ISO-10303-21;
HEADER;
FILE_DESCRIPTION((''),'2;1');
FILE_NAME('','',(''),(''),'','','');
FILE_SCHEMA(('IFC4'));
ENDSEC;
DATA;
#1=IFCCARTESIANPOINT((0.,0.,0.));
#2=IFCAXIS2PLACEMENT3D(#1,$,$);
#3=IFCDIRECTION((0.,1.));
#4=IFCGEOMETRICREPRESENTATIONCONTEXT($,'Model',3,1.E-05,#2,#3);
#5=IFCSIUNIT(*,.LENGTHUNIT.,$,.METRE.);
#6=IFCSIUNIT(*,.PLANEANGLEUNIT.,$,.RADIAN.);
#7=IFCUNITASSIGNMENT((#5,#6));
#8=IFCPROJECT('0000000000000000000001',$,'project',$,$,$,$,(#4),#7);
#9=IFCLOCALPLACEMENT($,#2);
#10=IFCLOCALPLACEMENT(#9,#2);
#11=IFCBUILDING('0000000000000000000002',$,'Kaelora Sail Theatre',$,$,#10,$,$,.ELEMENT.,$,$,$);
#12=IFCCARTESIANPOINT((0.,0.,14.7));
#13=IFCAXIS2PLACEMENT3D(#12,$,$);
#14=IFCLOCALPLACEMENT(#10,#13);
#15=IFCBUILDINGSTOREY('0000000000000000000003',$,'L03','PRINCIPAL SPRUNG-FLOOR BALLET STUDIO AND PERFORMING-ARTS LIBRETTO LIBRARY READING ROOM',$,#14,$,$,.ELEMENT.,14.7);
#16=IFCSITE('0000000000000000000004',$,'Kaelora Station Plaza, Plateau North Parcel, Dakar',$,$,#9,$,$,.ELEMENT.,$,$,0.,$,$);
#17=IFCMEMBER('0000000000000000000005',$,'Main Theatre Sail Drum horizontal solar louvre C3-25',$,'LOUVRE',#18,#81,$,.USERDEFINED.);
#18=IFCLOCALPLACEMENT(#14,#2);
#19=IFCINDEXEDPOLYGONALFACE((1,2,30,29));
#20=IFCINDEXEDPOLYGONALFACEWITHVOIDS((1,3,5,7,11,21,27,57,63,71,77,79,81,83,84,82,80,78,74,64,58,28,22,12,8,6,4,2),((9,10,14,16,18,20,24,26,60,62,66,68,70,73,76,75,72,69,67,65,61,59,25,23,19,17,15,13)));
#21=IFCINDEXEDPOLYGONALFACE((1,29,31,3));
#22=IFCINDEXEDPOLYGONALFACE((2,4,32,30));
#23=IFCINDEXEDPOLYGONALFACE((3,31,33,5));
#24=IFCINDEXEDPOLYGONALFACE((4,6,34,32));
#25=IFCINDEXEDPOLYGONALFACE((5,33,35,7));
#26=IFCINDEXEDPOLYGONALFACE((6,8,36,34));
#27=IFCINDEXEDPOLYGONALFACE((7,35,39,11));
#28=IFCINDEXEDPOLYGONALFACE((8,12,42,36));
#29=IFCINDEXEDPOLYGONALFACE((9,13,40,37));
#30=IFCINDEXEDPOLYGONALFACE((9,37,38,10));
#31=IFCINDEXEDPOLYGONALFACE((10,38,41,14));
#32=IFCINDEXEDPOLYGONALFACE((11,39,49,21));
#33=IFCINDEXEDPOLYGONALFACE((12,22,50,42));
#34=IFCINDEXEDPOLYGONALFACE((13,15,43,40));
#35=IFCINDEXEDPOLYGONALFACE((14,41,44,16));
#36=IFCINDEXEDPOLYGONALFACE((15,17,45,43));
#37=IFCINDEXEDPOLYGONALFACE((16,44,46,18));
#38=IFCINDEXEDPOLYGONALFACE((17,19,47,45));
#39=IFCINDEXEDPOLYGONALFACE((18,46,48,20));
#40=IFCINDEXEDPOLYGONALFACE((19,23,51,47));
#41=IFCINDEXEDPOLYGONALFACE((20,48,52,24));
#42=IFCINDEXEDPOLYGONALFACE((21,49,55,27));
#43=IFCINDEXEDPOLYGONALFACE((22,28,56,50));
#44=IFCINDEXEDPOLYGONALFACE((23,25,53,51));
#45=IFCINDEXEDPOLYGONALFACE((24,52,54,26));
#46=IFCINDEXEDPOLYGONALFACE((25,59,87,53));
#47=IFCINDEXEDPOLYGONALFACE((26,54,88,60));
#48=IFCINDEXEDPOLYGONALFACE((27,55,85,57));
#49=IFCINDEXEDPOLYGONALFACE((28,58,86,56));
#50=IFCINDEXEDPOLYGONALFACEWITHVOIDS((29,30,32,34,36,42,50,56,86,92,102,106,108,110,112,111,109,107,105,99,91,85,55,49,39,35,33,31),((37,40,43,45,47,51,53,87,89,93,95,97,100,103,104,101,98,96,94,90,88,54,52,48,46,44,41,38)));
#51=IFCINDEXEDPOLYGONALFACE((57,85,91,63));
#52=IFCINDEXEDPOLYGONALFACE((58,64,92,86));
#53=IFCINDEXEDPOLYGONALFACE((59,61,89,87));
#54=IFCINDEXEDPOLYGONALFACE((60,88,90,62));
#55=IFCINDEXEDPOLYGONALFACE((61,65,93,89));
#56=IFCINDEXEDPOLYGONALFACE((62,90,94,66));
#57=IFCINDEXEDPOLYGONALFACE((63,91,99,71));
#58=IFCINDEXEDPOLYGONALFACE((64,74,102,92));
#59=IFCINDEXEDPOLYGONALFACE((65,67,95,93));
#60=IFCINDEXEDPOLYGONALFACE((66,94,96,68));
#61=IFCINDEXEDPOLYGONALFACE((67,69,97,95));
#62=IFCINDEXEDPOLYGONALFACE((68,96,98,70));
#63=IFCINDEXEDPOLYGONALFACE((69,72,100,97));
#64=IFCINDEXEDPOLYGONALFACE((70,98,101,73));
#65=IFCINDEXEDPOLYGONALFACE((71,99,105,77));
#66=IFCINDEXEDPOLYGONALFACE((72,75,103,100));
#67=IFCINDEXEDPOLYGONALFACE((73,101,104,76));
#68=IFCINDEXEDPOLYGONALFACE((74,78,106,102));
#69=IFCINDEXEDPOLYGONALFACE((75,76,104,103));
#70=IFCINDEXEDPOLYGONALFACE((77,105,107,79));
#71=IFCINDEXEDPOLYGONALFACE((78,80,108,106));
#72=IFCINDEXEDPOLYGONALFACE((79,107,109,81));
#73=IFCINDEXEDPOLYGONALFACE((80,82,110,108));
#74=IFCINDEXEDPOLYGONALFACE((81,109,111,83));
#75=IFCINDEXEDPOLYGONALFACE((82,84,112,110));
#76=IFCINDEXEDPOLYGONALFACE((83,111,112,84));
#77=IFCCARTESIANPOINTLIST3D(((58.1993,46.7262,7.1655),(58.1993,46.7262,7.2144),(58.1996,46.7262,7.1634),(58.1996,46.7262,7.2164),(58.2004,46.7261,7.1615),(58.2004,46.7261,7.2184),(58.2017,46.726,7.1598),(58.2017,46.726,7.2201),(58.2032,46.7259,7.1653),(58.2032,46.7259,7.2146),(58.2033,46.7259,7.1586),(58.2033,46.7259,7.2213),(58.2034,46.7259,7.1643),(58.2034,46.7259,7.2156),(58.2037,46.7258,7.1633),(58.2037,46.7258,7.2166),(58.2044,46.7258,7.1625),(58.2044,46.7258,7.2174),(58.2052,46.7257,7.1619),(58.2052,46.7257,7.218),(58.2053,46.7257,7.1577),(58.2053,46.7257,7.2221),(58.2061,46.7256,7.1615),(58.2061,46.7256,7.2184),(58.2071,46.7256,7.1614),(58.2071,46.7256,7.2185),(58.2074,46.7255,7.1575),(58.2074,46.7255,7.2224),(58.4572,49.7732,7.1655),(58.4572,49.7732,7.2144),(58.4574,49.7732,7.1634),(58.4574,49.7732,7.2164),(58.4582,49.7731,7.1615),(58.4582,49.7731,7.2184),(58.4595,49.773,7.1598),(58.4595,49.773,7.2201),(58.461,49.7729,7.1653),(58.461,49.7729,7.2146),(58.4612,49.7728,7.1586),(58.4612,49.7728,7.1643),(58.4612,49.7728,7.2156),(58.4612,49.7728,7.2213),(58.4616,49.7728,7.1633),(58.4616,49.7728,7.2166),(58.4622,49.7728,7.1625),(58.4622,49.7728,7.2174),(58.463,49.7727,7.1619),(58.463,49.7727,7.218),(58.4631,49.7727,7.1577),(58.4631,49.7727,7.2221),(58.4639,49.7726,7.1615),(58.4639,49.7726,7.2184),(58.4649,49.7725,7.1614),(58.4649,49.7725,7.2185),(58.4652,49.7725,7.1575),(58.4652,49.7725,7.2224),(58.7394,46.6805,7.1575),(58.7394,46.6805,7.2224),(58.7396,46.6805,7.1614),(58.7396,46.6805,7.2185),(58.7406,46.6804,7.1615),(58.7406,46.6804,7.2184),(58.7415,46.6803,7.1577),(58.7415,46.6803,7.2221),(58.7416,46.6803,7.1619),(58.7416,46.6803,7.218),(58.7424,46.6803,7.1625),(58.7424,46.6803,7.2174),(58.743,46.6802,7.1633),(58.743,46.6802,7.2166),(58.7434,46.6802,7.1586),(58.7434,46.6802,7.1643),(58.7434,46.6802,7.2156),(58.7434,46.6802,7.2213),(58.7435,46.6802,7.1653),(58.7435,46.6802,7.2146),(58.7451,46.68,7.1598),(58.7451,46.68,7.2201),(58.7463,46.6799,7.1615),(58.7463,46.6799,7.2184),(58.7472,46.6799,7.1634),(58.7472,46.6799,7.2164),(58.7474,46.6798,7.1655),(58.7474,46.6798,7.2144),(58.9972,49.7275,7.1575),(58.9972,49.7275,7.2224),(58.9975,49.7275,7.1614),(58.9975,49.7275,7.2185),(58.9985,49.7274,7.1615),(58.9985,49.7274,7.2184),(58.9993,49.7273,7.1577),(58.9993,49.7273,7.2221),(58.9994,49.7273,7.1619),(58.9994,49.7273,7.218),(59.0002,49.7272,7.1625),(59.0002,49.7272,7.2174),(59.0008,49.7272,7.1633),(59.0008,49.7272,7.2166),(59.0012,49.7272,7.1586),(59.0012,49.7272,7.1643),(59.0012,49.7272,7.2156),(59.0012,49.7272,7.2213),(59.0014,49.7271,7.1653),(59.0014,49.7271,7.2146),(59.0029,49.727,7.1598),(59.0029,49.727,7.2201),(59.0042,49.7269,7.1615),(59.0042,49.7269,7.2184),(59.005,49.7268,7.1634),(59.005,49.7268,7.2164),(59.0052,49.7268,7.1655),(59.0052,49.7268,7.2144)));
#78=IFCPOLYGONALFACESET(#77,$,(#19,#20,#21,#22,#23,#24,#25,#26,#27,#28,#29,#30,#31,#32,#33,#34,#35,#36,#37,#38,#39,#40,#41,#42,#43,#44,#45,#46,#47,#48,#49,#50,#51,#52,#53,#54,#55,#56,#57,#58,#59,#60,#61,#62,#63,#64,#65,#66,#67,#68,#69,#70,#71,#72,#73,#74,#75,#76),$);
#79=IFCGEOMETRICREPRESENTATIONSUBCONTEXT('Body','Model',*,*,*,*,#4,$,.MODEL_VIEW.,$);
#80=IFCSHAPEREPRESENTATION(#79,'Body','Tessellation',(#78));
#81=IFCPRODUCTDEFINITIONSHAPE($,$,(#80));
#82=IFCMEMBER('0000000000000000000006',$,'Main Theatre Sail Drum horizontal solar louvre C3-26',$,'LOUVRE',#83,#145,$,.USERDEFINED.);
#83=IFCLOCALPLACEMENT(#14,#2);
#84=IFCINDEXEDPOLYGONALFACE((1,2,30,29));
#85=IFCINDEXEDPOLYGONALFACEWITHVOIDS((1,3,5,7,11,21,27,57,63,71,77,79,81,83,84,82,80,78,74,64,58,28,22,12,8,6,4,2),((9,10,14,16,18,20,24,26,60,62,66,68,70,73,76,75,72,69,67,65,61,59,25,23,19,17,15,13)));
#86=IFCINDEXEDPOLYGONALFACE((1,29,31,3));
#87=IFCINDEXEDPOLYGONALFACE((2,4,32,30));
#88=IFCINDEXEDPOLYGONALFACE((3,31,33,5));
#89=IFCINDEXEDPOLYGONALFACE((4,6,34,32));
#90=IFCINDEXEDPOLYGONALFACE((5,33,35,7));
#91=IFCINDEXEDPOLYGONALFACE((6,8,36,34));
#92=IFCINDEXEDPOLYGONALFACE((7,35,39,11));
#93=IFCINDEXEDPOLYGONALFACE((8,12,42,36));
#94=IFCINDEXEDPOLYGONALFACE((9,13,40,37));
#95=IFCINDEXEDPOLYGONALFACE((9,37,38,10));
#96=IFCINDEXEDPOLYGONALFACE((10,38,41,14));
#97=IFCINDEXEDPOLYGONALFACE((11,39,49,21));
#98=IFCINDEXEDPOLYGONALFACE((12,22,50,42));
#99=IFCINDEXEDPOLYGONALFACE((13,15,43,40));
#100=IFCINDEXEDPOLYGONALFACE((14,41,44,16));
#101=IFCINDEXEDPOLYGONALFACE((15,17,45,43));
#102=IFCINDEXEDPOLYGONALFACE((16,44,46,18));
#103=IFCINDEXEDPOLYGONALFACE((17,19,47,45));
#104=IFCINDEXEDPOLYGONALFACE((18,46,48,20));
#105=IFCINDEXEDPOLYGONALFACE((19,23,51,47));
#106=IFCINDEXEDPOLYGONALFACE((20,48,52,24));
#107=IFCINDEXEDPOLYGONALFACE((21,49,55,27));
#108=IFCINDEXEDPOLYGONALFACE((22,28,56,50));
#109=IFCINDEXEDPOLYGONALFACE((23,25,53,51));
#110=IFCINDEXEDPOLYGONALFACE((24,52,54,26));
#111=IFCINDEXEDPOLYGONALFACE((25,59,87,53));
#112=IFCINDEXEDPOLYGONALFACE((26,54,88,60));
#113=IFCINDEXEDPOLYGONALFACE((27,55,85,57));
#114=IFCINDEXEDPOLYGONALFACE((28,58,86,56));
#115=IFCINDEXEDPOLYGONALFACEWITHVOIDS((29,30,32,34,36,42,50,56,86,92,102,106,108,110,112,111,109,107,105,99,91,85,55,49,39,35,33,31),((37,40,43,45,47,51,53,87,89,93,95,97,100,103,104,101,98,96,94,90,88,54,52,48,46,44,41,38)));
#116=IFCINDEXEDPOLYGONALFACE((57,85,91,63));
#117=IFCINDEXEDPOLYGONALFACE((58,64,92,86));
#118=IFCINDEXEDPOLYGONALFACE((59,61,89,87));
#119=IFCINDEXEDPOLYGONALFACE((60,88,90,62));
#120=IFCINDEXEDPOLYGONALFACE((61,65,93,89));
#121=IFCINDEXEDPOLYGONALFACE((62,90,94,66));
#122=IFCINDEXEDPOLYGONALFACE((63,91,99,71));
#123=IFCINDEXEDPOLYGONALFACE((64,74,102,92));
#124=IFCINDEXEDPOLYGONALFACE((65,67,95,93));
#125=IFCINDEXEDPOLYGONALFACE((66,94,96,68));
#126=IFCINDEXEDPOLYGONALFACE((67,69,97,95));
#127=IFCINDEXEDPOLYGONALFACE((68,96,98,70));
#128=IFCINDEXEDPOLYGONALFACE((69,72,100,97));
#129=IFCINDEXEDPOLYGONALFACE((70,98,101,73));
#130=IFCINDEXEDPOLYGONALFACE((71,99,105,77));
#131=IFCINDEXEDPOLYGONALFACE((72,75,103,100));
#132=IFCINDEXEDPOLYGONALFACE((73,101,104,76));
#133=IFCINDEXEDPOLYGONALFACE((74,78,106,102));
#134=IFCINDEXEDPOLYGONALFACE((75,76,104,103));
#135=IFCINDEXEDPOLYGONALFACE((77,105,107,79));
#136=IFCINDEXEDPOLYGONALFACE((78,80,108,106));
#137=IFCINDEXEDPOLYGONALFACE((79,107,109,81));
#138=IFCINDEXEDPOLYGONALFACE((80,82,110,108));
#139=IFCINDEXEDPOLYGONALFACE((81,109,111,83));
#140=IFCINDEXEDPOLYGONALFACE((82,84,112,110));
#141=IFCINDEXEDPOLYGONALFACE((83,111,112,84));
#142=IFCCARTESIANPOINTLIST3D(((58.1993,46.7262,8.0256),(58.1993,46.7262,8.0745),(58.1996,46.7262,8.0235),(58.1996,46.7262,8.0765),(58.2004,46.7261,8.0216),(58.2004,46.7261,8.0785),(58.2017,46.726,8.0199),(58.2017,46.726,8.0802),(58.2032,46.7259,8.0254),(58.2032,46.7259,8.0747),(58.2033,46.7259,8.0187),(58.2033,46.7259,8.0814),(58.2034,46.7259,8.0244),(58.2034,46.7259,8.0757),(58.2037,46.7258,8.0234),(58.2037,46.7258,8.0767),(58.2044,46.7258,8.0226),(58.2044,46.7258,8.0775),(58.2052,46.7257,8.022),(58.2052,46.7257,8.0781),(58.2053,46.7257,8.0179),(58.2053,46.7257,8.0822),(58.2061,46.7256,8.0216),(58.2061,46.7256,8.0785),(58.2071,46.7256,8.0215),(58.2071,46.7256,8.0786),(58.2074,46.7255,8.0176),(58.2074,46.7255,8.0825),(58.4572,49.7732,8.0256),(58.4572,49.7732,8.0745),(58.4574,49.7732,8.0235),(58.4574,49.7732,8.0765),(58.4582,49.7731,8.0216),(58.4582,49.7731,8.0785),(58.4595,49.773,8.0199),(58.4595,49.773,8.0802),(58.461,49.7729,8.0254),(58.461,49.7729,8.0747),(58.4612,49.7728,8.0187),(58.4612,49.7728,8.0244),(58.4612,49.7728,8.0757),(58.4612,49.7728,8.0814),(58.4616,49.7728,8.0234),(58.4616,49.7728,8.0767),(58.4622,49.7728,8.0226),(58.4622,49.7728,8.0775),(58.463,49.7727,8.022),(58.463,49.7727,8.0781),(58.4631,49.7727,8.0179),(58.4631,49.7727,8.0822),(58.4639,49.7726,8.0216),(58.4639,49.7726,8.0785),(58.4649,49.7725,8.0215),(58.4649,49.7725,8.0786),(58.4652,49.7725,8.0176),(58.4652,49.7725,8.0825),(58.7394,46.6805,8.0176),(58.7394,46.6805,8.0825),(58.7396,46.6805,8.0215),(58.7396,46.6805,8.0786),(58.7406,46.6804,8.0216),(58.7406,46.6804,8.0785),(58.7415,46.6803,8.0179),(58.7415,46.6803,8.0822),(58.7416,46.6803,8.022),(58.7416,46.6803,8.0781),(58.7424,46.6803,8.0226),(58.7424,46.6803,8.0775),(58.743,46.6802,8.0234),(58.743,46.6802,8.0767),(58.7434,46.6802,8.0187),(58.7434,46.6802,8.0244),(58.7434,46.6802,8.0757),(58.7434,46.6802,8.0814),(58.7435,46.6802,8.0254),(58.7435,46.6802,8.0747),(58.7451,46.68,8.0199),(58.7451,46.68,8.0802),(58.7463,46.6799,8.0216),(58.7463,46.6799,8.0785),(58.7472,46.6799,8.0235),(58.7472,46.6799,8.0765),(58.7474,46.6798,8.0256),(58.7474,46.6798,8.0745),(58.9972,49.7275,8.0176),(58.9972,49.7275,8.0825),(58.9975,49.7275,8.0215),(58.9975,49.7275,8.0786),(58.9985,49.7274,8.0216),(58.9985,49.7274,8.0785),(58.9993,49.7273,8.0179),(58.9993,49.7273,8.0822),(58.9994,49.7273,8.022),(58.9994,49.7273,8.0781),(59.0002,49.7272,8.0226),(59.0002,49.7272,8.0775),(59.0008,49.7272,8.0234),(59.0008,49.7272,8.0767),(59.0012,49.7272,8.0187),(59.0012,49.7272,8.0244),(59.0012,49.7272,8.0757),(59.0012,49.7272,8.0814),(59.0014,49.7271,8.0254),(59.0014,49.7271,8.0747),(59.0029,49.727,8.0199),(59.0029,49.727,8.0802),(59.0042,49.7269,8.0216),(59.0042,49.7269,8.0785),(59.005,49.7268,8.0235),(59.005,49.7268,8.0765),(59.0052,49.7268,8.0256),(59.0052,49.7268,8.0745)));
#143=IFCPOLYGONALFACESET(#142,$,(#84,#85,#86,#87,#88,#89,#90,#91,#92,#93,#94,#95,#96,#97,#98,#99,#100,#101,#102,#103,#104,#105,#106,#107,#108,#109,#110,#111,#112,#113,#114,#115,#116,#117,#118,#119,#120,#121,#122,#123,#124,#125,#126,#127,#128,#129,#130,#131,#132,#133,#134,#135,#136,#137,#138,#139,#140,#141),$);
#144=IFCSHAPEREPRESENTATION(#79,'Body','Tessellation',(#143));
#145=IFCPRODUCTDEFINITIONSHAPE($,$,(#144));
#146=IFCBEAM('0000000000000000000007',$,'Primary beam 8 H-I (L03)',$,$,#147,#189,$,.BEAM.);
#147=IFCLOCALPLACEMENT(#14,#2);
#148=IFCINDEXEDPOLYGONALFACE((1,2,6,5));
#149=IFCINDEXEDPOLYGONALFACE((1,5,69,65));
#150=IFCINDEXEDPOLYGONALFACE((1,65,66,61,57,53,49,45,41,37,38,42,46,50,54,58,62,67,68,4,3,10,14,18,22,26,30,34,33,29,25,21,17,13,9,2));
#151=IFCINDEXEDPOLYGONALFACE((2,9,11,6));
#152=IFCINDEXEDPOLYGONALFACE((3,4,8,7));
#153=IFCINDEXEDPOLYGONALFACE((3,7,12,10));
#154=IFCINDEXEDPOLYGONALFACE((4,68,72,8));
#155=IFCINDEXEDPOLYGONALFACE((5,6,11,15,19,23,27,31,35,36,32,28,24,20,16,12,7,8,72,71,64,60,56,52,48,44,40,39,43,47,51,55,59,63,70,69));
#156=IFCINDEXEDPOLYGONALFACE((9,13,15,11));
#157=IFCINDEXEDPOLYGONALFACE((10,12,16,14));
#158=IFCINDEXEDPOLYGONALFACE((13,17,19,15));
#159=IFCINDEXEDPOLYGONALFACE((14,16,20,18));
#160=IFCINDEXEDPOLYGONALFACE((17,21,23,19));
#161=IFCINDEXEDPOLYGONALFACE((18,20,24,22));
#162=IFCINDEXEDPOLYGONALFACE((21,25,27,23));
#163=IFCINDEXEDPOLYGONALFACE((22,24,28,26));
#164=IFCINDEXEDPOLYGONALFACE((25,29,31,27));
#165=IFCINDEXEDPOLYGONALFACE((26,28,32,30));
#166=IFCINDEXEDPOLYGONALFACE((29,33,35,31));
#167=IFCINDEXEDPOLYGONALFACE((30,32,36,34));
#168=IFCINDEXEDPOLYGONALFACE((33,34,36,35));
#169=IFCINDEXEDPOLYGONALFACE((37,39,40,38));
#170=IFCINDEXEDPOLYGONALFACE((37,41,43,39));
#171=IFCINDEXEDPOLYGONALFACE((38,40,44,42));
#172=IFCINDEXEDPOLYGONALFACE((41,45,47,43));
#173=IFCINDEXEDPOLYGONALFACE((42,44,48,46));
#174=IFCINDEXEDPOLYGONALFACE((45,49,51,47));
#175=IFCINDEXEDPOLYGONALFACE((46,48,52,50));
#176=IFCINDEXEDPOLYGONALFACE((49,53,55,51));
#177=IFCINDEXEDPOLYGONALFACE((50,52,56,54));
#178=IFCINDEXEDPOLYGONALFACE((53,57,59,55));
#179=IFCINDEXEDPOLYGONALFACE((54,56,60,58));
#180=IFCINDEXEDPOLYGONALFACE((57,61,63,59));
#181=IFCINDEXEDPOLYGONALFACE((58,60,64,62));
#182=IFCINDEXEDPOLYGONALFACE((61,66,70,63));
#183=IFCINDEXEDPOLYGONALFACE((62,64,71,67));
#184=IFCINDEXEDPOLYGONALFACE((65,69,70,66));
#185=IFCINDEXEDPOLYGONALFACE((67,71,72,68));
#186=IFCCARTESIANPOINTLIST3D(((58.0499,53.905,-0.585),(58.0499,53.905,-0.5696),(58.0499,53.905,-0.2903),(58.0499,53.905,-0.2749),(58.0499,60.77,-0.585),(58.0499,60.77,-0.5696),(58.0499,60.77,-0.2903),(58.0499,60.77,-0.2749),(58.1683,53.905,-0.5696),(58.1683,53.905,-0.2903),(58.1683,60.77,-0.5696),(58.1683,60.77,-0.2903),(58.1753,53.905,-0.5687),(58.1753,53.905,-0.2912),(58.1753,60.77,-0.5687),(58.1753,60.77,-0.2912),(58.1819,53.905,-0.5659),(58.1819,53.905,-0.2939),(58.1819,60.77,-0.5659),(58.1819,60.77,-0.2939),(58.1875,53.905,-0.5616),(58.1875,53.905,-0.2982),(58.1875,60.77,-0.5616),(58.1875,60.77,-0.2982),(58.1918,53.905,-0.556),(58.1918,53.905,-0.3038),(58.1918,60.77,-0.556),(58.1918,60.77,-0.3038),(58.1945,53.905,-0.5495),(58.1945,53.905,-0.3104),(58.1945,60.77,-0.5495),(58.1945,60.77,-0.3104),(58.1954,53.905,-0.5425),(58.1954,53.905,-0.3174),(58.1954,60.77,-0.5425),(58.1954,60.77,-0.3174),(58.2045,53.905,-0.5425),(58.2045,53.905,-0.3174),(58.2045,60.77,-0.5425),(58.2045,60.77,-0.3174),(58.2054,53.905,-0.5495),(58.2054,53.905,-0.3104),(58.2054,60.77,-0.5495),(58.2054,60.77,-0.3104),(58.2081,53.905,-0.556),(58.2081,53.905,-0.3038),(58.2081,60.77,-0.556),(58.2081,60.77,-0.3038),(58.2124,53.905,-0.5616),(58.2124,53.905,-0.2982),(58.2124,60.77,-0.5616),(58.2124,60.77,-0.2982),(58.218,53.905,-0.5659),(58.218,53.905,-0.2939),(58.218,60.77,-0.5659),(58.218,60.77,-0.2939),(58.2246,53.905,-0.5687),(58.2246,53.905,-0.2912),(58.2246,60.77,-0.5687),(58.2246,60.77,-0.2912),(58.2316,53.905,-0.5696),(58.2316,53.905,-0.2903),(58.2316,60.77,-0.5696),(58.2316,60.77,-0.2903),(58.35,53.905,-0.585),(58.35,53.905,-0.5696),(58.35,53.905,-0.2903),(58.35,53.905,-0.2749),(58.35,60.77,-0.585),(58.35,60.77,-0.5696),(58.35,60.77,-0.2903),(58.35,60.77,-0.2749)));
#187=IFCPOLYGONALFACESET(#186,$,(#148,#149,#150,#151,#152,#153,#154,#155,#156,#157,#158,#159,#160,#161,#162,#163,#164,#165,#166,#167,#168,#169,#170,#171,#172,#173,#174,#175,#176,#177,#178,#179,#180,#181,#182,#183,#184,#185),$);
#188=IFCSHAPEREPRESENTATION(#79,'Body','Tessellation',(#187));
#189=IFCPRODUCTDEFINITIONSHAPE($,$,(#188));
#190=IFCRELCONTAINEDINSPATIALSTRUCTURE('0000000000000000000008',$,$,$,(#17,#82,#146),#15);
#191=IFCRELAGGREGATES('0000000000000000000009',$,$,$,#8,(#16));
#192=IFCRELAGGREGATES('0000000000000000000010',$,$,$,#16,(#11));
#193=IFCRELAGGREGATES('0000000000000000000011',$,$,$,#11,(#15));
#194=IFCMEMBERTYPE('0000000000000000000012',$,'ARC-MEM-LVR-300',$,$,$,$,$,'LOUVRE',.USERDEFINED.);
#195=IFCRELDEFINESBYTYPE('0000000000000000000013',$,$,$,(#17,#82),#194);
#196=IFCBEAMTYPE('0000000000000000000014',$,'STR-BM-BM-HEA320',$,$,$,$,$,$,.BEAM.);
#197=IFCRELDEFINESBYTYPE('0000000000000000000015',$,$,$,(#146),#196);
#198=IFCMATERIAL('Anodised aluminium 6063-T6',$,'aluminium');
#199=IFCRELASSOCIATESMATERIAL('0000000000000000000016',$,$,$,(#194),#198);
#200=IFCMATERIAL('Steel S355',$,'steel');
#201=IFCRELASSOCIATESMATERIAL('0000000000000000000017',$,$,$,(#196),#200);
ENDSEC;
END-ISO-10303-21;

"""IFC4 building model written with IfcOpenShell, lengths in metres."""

from ifc_helpers import new_model, si_unit, direction, frame, origin, origin_2d, place, context, subcontext, project, spatial, hollow_rectangle, i_section, extrude, material, material_profile, profile_set, type_object, element, save


model = new_model("IFC4")

# Units and contexts
model_context = context("Model", 3, precision=1e-05, world=origin(), true_north=direction((0.0, 1.0)))
body_context = subcontext(model_context, "Body", "Model", "MODEL_VIEW")
ifc_project = project(units=[si_unit("LENGTHUNIT", "METRE"), si_unit("PLANEANGLEUNIT", "RADIAN")], contexts=[model_context])

# Site, building, storey
site_placement = place(None, origin())
site = spatial("IfcSite", under=ifc_project, at=site_placement, Name="Kaelora Station Plaza, Plateau North Parcel, Dakar", CompositionType="ELEMENT", RefElevation=0.0)
building_placement = place(site_placement, origin())
building = spatial("IfcBuilding", under=site, at=building_placement, Name="Kaelora Sail Theatre", CompositionType="ELEMENT")
storey_placement = place(building_placement, frame((0.0, 0.0, 14.7)))
storey = spatial("IfcBuildingStorey", under=building, at=storey_placement, Name="L03", Description="PRINCIPAL SPRUNG-FLOOR BALLET STUDIO AND PERFORMING-ARTS LIBRETTO LIBRARY READING ROOM", CompositionType="ELEMENT", Elevation=14.7)

# Members
ifc_material_1 = material(Name="Anodised aluminium 6063-T6", Category="aluminium")
ifc_material_profile_1 = material_profile(ifc_material_1, hollow_rectangle(XDim=0.55, YDim=0.0649, WallThickness=0.0039, InnerFilletRadius=0.0039, OuterFilletRadius=0.0081, at=origin_2d()), Name="LOUVRE 550x65x4")
ifc_profile_set_1 = profile_set([ifc_material_profile_1], Name="Anodised aluminium 6063-T6")
member_type = type_object("IfcMemberType", Name="ARC-MEM-LVR-300", ElementType="LOUVRE", PredefinedType="USERDEFINED", material=ifc_profile_set_1)
for number, where, z_axis, x_axis, name in (
    (1, (58.7312, 49.75, 7.1899), (-0.084314, -0.996439, 0.0), (0.996439, -0.084314, 0.0), "Main Theatre Sail Drum horizontal solar louvre C3-25"),
    (2, (58.7312, 49.75, 8.05), (-0.084314, -0.996439, 0.0), (0.996439, -0.084314, 0.0), "Main Theatre Sail Drum horizontal solar louvre C3-26"),
):
    element("IfcMember", number, at=place(storey_placement, frame(where, z_axis=z_axis, x_axis=x_axis)), inside=storey, type_object=member_type, Name=name, ObjectType="LOUVRE", PredefinedType="USERDEFINED", context=body_context, shape_type="SweptSolid", body=[
        extrude(hollow_rectangle(XDim=0.55, YDim=0.0649, WallThickness=0.0039, InnerFilletRadius=0.0039, OuterFilletRadius=0.0081, at=origin_2d()), origin(), (0.0, 0.0, 1.0), 3.0579),
    ])

# Beam
ifc_material_2 = material(Name="Steel S355", Category="steel")
ifc_material_profile_2 = material_profile(ifc_material_2, i_section(OverallWidth=0.3, OverallDepth=0.3101, WebThickness=0.009, FlangeThickness=0.0154, FilletRadius=0.0271, at=origin_2d()), Name="HEA 320")
ifc_profile_set_2 = profile_set([ifc_material_profile_2], Name="Steel S355")
beam_type_1 = type_object("IfcBeamType", Name="STR-BM-BM-HEA320", PredefinedType="BEAM", material=ifc_profile_set_2)
beam_1_placement = place(storey_placement, frame((58.2, 53.905, -0.4299), z_axis=(0.0, 1.0, 0.0), x_axis=(-1.0, 0.0, 0.0)))
element("IfcBeam", 3, at=beam_1_placement, inside=storey, type_object=beam_type_1, Name="Primary beam 8 H-I (L03)", PredefinedType="BEAM", context=body_context, shape_type="SweptSolid", body=[
    extrude(i_section(OverallWidth=0.3, OverallDepth=0.3101, WebThickness=0.009, FlangeThickness=0.0154, FilletRadius=0.0271, at=origin_2d()), origin(), (0.0, 0.0, 1.0), 6.865),
])

save(model, "model.ifc")
